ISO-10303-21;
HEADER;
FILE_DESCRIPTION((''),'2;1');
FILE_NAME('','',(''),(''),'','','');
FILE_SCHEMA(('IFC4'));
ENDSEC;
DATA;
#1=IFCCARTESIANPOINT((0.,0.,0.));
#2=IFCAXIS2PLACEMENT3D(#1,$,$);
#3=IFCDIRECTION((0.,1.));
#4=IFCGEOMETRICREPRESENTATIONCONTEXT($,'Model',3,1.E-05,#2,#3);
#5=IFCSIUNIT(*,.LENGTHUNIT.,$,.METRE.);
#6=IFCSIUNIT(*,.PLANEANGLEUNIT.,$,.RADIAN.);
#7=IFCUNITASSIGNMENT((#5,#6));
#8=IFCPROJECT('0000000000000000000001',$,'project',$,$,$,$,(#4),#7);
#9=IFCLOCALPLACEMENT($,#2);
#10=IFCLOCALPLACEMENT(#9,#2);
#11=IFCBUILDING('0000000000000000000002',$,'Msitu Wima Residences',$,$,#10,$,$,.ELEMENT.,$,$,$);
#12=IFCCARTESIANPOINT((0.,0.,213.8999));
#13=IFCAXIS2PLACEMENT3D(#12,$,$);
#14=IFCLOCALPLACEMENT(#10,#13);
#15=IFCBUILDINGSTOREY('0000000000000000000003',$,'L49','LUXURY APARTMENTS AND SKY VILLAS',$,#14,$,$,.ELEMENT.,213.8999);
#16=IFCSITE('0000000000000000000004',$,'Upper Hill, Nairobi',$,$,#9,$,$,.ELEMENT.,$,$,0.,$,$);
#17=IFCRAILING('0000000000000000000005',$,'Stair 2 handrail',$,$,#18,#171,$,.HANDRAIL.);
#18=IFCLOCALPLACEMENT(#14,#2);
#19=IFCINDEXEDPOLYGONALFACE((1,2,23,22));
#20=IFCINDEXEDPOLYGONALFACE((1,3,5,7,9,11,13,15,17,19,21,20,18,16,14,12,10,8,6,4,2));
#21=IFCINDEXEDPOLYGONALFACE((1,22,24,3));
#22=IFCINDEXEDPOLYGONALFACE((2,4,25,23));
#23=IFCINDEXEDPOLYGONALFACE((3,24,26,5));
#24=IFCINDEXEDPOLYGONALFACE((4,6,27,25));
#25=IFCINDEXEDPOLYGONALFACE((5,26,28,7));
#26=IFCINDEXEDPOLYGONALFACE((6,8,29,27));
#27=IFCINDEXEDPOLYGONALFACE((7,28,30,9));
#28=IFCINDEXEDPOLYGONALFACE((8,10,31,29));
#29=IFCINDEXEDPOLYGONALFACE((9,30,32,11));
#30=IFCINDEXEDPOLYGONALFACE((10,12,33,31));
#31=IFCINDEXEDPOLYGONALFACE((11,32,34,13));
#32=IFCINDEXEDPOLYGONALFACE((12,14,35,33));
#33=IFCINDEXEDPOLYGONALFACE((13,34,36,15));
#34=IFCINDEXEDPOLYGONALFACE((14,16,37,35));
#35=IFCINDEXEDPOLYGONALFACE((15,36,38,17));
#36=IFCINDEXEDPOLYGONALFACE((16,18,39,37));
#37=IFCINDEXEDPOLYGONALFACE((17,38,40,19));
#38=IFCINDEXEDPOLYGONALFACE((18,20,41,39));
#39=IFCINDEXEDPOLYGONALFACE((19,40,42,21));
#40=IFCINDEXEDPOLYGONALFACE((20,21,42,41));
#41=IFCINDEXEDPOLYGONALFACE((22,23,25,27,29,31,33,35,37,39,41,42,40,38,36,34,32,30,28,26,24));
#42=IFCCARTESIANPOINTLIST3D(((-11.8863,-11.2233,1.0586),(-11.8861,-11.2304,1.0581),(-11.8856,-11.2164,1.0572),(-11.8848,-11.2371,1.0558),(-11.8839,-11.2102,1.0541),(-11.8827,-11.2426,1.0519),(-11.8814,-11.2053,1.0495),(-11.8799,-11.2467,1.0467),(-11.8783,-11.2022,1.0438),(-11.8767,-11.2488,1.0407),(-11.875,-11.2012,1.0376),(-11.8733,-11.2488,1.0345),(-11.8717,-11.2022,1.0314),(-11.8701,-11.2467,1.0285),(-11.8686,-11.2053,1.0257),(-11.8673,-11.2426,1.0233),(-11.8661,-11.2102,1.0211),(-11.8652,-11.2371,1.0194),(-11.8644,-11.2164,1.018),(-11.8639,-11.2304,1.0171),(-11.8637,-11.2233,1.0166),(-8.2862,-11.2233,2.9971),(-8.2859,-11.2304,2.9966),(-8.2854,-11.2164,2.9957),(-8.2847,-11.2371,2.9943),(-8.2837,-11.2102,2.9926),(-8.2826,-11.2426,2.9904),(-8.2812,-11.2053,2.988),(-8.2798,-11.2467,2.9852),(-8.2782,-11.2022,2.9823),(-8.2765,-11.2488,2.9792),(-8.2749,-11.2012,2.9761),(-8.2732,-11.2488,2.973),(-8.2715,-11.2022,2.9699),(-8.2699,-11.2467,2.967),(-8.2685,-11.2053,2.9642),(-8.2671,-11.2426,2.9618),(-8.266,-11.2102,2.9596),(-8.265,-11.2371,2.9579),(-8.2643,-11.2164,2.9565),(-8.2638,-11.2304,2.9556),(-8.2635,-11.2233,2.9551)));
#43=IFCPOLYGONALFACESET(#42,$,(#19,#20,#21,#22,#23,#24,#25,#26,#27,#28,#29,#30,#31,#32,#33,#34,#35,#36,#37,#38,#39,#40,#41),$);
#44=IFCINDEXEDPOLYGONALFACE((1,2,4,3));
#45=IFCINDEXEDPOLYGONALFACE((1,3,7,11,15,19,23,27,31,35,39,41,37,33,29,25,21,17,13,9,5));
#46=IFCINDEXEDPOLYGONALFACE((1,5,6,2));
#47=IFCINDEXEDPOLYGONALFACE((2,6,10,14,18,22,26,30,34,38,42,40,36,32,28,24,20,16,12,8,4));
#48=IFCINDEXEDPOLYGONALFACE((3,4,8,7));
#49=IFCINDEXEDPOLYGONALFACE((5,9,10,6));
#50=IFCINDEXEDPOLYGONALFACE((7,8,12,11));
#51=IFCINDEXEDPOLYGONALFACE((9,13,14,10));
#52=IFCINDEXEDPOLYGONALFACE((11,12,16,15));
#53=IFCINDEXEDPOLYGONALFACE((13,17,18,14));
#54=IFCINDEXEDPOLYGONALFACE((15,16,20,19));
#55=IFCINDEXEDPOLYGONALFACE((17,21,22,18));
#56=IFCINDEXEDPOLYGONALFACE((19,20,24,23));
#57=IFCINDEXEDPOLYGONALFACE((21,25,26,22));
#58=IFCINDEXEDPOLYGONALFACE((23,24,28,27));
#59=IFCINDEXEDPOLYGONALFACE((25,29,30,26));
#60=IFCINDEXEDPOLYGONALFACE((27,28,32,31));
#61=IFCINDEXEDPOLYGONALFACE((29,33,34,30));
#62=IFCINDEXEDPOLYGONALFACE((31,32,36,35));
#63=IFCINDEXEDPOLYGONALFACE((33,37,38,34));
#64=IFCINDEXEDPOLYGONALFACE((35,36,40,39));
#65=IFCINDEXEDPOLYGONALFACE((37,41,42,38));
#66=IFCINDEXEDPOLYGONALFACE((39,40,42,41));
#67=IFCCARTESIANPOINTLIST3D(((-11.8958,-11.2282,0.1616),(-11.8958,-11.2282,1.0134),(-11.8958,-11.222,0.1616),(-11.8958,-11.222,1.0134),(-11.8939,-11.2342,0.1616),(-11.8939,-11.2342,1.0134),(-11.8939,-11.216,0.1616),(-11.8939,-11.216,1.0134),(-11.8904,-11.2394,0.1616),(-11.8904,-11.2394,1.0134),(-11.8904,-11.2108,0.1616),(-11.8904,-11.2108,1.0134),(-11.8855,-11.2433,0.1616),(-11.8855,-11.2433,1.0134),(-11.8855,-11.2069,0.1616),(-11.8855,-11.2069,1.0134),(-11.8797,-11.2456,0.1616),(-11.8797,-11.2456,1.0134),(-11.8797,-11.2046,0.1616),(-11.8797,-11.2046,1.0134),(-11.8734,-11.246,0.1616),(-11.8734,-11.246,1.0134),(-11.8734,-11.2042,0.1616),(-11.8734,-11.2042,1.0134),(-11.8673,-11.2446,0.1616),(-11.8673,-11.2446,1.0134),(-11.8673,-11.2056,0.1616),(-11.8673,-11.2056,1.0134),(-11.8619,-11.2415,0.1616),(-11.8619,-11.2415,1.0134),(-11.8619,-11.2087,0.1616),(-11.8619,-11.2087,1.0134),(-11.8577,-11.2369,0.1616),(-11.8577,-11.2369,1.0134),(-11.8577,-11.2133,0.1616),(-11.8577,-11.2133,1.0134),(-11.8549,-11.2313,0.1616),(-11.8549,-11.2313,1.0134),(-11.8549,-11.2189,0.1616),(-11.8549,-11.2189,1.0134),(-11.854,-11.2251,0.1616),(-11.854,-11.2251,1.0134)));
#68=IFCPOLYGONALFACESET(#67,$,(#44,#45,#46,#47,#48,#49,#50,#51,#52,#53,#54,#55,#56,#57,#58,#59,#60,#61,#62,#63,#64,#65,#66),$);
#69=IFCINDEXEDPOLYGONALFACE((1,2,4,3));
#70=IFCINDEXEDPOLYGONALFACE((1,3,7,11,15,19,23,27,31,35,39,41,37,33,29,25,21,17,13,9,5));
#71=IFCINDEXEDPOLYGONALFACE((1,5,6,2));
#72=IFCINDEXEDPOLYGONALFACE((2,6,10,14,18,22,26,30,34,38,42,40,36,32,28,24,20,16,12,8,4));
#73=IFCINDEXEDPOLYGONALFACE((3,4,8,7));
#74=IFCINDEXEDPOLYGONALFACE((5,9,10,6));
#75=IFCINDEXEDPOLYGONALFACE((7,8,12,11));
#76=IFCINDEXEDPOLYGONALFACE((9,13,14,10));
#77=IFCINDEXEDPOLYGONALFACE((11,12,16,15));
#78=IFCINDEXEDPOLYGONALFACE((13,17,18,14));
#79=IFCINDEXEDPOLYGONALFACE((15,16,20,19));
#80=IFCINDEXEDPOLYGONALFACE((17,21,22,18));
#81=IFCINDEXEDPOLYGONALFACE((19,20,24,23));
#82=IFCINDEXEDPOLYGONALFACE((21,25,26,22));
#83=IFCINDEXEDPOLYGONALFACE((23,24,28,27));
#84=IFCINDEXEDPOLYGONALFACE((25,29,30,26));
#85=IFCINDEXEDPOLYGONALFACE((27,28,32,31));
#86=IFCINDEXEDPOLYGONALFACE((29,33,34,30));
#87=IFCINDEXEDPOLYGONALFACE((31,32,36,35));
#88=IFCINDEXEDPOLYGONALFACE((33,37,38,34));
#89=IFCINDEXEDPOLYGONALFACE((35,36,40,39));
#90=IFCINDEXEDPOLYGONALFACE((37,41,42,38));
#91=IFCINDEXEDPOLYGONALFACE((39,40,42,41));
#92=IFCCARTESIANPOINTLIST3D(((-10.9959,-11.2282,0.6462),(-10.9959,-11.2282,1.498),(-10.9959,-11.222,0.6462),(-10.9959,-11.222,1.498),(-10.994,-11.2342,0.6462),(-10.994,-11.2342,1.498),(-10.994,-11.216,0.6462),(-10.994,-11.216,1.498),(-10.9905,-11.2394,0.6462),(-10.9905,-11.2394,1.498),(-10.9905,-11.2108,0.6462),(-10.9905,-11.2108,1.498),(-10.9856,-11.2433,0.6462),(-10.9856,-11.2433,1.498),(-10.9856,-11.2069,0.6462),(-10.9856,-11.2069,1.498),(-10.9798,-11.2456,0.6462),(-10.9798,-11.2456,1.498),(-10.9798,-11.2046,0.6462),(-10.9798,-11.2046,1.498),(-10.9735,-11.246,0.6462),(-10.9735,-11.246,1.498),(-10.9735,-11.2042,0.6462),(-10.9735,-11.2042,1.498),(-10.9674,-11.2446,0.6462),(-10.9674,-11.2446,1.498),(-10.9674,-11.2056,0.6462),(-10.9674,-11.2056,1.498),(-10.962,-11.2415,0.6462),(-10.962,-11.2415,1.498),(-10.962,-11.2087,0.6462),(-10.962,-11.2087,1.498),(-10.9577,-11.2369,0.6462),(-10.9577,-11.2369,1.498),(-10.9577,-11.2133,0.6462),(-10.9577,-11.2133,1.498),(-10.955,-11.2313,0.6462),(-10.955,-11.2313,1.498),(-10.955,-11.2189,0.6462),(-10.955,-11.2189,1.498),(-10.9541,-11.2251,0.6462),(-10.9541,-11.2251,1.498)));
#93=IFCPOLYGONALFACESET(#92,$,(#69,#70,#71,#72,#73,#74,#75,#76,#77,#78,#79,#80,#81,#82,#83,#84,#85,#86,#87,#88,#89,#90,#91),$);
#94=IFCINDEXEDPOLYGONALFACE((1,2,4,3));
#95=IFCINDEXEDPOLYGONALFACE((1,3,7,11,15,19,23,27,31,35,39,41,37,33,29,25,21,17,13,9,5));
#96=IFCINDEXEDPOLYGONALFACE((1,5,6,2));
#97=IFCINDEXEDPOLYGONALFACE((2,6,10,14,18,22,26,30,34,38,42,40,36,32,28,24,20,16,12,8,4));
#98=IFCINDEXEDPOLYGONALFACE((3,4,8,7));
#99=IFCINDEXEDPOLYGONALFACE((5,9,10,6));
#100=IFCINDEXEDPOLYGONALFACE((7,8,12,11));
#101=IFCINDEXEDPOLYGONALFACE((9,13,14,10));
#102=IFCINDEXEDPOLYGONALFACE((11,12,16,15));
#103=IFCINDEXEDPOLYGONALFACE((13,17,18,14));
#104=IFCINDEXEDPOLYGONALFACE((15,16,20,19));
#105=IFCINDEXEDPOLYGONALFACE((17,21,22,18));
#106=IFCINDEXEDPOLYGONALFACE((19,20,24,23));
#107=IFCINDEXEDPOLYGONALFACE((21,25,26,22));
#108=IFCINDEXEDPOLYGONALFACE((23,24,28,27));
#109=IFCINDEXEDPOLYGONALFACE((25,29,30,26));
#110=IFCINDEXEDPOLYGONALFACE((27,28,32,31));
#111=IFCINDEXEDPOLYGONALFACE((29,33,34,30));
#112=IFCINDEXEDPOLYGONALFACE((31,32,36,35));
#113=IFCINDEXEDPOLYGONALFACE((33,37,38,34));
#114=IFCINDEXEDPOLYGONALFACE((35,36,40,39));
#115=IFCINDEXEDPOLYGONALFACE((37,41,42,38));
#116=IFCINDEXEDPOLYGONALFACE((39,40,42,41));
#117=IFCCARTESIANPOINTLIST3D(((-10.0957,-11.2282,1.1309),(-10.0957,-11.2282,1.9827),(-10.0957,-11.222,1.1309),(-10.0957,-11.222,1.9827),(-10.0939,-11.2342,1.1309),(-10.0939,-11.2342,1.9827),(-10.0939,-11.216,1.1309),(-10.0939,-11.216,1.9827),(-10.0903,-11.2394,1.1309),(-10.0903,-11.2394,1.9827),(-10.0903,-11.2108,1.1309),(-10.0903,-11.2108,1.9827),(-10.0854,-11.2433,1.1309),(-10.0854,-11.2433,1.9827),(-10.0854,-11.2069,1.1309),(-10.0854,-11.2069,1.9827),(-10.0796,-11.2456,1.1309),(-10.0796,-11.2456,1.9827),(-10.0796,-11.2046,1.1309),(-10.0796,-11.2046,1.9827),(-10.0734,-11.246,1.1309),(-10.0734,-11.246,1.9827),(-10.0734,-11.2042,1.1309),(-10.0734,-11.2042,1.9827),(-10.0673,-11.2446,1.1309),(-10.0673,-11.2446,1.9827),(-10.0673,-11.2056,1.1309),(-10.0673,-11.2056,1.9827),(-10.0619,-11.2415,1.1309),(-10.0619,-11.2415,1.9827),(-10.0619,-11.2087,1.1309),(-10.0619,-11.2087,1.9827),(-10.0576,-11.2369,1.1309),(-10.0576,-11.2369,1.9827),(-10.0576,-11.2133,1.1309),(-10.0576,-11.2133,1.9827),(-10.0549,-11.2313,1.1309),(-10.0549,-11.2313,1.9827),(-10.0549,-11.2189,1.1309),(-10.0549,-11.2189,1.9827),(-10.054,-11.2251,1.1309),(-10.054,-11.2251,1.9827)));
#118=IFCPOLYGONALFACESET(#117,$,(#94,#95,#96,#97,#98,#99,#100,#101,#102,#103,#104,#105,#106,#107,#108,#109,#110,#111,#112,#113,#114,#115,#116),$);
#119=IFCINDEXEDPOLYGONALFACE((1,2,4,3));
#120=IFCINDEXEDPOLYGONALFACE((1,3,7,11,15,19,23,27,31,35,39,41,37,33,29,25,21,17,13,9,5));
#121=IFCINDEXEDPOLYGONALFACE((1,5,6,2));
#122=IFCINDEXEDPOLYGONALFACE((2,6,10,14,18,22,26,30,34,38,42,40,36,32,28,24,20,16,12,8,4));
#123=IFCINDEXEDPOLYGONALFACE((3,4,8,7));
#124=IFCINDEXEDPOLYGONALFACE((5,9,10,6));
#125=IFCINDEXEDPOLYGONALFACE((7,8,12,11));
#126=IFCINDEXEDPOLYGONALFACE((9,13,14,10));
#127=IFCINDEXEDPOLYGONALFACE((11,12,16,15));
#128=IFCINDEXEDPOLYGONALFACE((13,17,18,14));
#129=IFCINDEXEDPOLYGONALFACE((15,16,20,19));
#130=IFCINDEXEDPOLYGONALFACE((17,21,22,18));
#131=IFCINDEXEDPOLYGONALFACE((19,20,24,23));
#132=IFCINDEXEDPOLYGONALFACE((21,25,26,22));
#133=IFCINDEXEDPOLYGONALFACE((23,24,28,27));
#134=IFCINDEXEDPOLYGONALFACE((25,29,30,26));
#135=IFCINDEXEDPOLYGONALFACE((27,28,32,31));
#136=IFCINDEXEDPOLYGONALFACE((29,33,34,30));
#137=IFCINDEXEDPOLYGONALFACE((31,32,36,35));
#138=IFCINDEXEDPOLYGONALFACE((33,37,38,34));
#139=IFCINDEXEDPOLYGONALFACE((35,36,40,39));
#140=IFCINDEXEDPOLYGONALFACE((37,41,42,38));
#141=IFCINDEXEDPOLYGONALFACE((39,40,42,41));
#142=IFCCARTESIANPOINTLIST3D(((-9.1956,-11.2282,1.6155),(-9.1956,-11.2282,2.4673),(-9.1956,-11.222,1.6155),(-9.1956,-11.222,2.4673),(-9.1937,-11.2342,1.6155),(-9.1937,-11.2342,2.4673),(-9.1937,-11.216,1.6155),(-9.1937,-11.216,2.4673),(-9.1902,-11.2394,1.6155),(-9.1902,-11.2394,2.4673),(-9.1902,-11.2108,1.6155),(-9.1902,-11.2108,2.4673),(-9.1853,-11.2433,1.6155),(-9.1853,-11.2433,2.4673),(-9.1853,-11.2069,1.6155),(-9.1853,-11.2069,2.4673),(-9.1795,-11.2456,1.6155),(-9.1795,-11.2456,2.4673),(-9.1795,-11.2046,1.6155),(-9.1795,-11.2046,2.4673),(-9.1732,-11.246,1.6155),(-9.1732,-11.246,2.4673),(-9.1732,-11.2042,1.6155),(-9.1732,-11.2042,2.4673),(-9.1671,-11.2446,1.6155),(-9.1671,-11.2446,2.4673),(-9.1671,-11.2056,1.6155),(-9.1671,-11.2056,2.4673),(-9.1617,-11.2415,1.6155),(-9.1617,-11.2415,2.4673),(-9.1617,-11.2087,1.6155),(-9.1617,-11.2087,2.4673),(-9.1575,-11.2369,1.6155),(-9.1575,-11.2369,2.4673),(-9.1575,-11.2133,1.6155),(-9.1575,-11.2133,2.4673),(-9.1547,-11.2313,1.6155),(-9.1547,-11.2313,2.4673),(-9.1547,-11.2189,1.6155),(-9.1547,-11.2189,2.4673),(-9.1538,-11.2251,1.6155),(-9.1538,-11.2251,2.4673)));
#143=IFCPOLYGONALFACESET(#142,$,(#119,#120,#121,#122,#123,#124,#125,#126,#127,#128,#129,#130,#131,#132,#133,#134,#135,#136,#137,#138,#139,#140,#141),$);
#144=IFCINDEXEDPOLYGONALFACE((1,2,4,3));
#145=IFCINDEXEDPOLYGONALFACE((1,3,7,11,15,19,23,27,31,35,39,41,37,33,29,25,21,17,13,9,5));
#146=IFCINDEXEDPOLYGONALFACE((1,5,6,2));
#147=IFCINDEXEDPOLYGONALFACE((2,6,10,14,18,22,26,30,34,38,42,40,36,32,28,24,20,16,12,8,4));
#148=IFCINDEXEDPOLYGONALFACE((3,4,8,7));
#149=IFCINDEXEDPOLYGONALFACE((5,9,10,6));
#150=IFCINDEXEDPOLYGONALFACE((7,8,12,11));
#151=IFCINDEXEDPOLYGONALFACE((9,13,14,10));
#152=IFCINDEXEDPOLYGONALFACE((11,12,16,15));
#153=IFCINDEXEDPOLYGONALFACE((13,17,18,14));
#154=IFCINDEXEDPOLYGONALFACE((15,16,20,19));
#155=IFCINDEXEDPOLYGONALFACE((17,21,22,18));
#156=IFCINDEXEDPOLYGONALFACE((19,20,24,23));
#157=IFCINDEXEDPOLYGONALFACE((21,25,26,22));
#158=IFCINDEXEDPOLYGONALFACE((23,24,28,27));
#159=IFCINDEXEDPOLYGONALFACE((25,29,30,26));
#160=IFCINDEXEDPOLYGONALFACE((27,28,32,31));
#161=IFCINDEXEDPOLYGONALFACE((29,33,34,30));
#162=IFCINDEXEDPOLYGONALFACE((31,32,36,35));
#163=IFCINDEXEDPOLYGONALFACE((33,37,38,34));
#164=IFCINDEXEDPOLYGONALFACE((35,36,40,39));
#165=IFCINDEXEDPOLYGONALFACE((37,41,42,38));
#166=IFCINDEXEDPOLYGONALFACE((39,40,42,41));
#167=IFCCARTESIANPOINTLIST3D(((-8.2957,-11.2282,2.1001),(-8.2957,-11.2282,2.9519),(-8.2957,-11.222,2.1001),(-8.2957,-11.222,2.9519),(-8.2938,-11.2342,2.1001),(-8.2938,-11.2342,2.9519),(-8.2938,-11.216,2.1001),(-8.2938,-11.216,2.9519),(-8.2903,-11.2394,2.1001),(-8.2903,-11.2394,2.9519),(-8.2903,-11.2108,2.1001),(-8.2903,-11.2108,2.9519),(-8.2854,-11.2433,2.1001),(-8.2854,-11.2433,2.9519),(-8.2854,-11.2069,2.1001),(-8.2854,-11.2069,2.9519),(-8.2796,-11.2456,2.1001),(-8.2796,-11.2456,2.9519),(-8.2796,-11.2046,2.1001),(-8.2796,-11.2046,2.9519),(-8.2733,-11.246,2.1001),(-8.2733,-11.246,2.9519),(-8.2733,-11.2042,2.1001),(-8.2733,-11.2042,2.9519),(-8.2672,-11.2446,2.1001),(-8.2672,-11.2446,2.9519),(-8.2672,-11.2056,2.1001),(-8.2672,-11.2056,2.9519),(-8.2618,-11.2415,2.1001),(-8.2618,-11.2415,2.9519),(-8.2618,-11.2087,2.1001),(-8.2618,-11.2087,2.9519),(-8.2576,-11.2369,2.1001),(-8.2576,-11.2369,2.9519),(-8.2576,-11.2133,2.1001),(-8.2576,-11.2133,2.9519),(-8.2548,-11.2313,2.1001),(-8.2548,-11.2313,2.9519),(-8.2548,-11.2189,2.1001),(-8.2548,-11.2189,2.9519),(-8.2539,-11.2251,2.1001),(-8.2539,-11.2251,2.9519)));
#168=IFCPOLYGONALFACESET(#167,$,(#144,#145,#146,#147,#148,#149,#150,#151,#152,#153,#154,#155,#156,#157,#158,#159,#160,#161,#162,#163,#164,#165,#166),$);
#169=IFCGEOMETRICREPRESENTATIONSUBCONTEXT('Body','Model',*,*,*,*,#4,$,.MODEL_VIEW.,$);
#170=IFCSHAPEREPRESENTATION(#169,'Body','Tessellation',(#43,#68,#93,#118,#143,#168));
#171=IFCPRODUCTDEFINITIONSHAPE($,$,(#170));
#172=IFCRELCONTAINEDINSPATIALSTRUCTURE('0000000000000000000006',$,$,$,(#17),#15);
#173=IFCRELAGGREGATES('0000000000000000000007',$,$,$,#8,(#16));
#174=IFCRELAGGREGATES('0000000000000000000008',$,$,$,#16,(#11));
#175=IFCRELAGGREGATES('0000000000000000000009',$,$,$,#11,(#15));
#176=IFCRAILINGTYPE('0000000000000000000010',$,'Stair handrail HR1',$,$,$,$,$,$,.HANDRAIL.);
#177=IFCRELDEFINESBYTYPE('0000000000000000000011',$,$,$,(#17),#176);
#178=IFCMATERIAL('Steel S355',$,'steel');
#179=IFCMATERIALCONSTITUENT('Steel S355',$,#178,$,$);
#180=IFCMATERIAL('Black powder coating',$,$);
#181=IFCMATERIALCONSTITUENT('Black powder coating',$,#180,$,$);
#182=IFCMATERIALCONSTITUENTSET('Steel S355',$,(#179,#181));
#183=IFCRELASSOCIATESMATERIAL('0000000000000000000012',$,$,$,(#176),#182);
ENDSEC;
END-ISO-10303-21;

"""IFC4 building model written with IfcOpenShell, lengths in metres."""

from ifc_helpers import new_model, si_unit, direction, frame, origin, origin_2d, place, context, subcontext, project, spatial, circle, extrude, material, constituent, constituent_set, type_object, element, save


model = new_model("IFC4")

# Units and contexts
model_context = context("Model", 3, precision=1e-05, world=origin(), true_north=direction((0.0, 1.0)))
body_context = subcontext(model_context, "Body", "Model", "MODEL_VIEW")
ifc_project = project(units=[si_unit("LENGTHUNIT", "METRE"), si_unit("PLANEANGLEUNIT", "RADIAN")], contexts=[model_context])

# Site, building, storey
site_placement = place(None, origin())
site = spatial("IfcSite", under=ifc_project, at=site_placement, Name="Upper Hill, Nairobi", CompositionType="ELEMENT", RefElevation=0.0)
building_placement = place(site_placement, origin())
building = spatial("IfcBuilding", under=site, at=building_placement, Name="Msitu Wima Residences", CompositionType="ELEMENT")
storey_placement = place(building_placement, frame((0.0, 0.0, 213.8999)))
storey = spatial("IfcBuildingStorey", under=building, at=storey_placement, Name="L49", Description="LUXURY APARTMENTS AND SKY VILLAS", CompositionType="ELEMENT", Elevation=213.8999)

# Railing
ifc_material_1 = material(Name="Steel S355", Category="steel")
ifc_constituent_1 = constituent(ifc_material_1, Name="Steel S355")
ifc_material_2 = material(Name="Black powder coating")
ifc_constituent_2 = constituent(ifc_material_2, Name="Black powder coating")
ifc_constituent_set = constituent_set(constituents=[ifc_constituent_1, ifc_constituent_2], Name="Steel S355")
railing_type = type_object("IfcRailingType", Name="Stair handrail HR1", PredefinedType="HANDRAIL", material=ifc_constituent_set)
for number, where, name in (
    (1, (-11.875, -11.2251, 0.1616), "Stair 2 handrail"),
):
    element("IfcRailing", number, at=place(storey_placement, frame(where)), inside=storey, type_object=railing_type, Name=name, PredefinedType="HANDRAIL", context=body_context, shape_type="SweptSolid", body=[
        extrude(circle(Radius=0.0239, at=origin_2d()), frame((0.0, 0.0, 0.876), z_axis=(0.880475, 0.0, 0.474093), x_axis=(0.0, 1.0, 0.0)), (0.0, 0.0, 1.0), 4.0889),
        extrude(circle(Radius=0.021, at=origin_2d()), origin(), (0.0, 0.0, 1.0), 0.8518),
        extrude(circle(Radius=0.021, at=origin_2d()), frame((0.8999, 0.0, 0.4846)), (0.0, 0.0, 1.0), 0.8518),
        extrude(circle(Radius=0.021, at=origin_2d()), frame((1.8, 0.0, 0.9692)), (0.0, 0.0, 1.0), 0.8518),
        extrude(circle(Radius=0.021, at=origin_2d()), frame((2.7002, 0.0, 1.4539)), (0.0, 0.0, 1.0), 0.8518),
        extrude(circle(Radius=0.021, at=origin_2d()), frame((3.6001, 0.0, 1.9385)), (0.0, 0.0, 1.0), 0.8518),
    ])

save(model, "model.ifc")
